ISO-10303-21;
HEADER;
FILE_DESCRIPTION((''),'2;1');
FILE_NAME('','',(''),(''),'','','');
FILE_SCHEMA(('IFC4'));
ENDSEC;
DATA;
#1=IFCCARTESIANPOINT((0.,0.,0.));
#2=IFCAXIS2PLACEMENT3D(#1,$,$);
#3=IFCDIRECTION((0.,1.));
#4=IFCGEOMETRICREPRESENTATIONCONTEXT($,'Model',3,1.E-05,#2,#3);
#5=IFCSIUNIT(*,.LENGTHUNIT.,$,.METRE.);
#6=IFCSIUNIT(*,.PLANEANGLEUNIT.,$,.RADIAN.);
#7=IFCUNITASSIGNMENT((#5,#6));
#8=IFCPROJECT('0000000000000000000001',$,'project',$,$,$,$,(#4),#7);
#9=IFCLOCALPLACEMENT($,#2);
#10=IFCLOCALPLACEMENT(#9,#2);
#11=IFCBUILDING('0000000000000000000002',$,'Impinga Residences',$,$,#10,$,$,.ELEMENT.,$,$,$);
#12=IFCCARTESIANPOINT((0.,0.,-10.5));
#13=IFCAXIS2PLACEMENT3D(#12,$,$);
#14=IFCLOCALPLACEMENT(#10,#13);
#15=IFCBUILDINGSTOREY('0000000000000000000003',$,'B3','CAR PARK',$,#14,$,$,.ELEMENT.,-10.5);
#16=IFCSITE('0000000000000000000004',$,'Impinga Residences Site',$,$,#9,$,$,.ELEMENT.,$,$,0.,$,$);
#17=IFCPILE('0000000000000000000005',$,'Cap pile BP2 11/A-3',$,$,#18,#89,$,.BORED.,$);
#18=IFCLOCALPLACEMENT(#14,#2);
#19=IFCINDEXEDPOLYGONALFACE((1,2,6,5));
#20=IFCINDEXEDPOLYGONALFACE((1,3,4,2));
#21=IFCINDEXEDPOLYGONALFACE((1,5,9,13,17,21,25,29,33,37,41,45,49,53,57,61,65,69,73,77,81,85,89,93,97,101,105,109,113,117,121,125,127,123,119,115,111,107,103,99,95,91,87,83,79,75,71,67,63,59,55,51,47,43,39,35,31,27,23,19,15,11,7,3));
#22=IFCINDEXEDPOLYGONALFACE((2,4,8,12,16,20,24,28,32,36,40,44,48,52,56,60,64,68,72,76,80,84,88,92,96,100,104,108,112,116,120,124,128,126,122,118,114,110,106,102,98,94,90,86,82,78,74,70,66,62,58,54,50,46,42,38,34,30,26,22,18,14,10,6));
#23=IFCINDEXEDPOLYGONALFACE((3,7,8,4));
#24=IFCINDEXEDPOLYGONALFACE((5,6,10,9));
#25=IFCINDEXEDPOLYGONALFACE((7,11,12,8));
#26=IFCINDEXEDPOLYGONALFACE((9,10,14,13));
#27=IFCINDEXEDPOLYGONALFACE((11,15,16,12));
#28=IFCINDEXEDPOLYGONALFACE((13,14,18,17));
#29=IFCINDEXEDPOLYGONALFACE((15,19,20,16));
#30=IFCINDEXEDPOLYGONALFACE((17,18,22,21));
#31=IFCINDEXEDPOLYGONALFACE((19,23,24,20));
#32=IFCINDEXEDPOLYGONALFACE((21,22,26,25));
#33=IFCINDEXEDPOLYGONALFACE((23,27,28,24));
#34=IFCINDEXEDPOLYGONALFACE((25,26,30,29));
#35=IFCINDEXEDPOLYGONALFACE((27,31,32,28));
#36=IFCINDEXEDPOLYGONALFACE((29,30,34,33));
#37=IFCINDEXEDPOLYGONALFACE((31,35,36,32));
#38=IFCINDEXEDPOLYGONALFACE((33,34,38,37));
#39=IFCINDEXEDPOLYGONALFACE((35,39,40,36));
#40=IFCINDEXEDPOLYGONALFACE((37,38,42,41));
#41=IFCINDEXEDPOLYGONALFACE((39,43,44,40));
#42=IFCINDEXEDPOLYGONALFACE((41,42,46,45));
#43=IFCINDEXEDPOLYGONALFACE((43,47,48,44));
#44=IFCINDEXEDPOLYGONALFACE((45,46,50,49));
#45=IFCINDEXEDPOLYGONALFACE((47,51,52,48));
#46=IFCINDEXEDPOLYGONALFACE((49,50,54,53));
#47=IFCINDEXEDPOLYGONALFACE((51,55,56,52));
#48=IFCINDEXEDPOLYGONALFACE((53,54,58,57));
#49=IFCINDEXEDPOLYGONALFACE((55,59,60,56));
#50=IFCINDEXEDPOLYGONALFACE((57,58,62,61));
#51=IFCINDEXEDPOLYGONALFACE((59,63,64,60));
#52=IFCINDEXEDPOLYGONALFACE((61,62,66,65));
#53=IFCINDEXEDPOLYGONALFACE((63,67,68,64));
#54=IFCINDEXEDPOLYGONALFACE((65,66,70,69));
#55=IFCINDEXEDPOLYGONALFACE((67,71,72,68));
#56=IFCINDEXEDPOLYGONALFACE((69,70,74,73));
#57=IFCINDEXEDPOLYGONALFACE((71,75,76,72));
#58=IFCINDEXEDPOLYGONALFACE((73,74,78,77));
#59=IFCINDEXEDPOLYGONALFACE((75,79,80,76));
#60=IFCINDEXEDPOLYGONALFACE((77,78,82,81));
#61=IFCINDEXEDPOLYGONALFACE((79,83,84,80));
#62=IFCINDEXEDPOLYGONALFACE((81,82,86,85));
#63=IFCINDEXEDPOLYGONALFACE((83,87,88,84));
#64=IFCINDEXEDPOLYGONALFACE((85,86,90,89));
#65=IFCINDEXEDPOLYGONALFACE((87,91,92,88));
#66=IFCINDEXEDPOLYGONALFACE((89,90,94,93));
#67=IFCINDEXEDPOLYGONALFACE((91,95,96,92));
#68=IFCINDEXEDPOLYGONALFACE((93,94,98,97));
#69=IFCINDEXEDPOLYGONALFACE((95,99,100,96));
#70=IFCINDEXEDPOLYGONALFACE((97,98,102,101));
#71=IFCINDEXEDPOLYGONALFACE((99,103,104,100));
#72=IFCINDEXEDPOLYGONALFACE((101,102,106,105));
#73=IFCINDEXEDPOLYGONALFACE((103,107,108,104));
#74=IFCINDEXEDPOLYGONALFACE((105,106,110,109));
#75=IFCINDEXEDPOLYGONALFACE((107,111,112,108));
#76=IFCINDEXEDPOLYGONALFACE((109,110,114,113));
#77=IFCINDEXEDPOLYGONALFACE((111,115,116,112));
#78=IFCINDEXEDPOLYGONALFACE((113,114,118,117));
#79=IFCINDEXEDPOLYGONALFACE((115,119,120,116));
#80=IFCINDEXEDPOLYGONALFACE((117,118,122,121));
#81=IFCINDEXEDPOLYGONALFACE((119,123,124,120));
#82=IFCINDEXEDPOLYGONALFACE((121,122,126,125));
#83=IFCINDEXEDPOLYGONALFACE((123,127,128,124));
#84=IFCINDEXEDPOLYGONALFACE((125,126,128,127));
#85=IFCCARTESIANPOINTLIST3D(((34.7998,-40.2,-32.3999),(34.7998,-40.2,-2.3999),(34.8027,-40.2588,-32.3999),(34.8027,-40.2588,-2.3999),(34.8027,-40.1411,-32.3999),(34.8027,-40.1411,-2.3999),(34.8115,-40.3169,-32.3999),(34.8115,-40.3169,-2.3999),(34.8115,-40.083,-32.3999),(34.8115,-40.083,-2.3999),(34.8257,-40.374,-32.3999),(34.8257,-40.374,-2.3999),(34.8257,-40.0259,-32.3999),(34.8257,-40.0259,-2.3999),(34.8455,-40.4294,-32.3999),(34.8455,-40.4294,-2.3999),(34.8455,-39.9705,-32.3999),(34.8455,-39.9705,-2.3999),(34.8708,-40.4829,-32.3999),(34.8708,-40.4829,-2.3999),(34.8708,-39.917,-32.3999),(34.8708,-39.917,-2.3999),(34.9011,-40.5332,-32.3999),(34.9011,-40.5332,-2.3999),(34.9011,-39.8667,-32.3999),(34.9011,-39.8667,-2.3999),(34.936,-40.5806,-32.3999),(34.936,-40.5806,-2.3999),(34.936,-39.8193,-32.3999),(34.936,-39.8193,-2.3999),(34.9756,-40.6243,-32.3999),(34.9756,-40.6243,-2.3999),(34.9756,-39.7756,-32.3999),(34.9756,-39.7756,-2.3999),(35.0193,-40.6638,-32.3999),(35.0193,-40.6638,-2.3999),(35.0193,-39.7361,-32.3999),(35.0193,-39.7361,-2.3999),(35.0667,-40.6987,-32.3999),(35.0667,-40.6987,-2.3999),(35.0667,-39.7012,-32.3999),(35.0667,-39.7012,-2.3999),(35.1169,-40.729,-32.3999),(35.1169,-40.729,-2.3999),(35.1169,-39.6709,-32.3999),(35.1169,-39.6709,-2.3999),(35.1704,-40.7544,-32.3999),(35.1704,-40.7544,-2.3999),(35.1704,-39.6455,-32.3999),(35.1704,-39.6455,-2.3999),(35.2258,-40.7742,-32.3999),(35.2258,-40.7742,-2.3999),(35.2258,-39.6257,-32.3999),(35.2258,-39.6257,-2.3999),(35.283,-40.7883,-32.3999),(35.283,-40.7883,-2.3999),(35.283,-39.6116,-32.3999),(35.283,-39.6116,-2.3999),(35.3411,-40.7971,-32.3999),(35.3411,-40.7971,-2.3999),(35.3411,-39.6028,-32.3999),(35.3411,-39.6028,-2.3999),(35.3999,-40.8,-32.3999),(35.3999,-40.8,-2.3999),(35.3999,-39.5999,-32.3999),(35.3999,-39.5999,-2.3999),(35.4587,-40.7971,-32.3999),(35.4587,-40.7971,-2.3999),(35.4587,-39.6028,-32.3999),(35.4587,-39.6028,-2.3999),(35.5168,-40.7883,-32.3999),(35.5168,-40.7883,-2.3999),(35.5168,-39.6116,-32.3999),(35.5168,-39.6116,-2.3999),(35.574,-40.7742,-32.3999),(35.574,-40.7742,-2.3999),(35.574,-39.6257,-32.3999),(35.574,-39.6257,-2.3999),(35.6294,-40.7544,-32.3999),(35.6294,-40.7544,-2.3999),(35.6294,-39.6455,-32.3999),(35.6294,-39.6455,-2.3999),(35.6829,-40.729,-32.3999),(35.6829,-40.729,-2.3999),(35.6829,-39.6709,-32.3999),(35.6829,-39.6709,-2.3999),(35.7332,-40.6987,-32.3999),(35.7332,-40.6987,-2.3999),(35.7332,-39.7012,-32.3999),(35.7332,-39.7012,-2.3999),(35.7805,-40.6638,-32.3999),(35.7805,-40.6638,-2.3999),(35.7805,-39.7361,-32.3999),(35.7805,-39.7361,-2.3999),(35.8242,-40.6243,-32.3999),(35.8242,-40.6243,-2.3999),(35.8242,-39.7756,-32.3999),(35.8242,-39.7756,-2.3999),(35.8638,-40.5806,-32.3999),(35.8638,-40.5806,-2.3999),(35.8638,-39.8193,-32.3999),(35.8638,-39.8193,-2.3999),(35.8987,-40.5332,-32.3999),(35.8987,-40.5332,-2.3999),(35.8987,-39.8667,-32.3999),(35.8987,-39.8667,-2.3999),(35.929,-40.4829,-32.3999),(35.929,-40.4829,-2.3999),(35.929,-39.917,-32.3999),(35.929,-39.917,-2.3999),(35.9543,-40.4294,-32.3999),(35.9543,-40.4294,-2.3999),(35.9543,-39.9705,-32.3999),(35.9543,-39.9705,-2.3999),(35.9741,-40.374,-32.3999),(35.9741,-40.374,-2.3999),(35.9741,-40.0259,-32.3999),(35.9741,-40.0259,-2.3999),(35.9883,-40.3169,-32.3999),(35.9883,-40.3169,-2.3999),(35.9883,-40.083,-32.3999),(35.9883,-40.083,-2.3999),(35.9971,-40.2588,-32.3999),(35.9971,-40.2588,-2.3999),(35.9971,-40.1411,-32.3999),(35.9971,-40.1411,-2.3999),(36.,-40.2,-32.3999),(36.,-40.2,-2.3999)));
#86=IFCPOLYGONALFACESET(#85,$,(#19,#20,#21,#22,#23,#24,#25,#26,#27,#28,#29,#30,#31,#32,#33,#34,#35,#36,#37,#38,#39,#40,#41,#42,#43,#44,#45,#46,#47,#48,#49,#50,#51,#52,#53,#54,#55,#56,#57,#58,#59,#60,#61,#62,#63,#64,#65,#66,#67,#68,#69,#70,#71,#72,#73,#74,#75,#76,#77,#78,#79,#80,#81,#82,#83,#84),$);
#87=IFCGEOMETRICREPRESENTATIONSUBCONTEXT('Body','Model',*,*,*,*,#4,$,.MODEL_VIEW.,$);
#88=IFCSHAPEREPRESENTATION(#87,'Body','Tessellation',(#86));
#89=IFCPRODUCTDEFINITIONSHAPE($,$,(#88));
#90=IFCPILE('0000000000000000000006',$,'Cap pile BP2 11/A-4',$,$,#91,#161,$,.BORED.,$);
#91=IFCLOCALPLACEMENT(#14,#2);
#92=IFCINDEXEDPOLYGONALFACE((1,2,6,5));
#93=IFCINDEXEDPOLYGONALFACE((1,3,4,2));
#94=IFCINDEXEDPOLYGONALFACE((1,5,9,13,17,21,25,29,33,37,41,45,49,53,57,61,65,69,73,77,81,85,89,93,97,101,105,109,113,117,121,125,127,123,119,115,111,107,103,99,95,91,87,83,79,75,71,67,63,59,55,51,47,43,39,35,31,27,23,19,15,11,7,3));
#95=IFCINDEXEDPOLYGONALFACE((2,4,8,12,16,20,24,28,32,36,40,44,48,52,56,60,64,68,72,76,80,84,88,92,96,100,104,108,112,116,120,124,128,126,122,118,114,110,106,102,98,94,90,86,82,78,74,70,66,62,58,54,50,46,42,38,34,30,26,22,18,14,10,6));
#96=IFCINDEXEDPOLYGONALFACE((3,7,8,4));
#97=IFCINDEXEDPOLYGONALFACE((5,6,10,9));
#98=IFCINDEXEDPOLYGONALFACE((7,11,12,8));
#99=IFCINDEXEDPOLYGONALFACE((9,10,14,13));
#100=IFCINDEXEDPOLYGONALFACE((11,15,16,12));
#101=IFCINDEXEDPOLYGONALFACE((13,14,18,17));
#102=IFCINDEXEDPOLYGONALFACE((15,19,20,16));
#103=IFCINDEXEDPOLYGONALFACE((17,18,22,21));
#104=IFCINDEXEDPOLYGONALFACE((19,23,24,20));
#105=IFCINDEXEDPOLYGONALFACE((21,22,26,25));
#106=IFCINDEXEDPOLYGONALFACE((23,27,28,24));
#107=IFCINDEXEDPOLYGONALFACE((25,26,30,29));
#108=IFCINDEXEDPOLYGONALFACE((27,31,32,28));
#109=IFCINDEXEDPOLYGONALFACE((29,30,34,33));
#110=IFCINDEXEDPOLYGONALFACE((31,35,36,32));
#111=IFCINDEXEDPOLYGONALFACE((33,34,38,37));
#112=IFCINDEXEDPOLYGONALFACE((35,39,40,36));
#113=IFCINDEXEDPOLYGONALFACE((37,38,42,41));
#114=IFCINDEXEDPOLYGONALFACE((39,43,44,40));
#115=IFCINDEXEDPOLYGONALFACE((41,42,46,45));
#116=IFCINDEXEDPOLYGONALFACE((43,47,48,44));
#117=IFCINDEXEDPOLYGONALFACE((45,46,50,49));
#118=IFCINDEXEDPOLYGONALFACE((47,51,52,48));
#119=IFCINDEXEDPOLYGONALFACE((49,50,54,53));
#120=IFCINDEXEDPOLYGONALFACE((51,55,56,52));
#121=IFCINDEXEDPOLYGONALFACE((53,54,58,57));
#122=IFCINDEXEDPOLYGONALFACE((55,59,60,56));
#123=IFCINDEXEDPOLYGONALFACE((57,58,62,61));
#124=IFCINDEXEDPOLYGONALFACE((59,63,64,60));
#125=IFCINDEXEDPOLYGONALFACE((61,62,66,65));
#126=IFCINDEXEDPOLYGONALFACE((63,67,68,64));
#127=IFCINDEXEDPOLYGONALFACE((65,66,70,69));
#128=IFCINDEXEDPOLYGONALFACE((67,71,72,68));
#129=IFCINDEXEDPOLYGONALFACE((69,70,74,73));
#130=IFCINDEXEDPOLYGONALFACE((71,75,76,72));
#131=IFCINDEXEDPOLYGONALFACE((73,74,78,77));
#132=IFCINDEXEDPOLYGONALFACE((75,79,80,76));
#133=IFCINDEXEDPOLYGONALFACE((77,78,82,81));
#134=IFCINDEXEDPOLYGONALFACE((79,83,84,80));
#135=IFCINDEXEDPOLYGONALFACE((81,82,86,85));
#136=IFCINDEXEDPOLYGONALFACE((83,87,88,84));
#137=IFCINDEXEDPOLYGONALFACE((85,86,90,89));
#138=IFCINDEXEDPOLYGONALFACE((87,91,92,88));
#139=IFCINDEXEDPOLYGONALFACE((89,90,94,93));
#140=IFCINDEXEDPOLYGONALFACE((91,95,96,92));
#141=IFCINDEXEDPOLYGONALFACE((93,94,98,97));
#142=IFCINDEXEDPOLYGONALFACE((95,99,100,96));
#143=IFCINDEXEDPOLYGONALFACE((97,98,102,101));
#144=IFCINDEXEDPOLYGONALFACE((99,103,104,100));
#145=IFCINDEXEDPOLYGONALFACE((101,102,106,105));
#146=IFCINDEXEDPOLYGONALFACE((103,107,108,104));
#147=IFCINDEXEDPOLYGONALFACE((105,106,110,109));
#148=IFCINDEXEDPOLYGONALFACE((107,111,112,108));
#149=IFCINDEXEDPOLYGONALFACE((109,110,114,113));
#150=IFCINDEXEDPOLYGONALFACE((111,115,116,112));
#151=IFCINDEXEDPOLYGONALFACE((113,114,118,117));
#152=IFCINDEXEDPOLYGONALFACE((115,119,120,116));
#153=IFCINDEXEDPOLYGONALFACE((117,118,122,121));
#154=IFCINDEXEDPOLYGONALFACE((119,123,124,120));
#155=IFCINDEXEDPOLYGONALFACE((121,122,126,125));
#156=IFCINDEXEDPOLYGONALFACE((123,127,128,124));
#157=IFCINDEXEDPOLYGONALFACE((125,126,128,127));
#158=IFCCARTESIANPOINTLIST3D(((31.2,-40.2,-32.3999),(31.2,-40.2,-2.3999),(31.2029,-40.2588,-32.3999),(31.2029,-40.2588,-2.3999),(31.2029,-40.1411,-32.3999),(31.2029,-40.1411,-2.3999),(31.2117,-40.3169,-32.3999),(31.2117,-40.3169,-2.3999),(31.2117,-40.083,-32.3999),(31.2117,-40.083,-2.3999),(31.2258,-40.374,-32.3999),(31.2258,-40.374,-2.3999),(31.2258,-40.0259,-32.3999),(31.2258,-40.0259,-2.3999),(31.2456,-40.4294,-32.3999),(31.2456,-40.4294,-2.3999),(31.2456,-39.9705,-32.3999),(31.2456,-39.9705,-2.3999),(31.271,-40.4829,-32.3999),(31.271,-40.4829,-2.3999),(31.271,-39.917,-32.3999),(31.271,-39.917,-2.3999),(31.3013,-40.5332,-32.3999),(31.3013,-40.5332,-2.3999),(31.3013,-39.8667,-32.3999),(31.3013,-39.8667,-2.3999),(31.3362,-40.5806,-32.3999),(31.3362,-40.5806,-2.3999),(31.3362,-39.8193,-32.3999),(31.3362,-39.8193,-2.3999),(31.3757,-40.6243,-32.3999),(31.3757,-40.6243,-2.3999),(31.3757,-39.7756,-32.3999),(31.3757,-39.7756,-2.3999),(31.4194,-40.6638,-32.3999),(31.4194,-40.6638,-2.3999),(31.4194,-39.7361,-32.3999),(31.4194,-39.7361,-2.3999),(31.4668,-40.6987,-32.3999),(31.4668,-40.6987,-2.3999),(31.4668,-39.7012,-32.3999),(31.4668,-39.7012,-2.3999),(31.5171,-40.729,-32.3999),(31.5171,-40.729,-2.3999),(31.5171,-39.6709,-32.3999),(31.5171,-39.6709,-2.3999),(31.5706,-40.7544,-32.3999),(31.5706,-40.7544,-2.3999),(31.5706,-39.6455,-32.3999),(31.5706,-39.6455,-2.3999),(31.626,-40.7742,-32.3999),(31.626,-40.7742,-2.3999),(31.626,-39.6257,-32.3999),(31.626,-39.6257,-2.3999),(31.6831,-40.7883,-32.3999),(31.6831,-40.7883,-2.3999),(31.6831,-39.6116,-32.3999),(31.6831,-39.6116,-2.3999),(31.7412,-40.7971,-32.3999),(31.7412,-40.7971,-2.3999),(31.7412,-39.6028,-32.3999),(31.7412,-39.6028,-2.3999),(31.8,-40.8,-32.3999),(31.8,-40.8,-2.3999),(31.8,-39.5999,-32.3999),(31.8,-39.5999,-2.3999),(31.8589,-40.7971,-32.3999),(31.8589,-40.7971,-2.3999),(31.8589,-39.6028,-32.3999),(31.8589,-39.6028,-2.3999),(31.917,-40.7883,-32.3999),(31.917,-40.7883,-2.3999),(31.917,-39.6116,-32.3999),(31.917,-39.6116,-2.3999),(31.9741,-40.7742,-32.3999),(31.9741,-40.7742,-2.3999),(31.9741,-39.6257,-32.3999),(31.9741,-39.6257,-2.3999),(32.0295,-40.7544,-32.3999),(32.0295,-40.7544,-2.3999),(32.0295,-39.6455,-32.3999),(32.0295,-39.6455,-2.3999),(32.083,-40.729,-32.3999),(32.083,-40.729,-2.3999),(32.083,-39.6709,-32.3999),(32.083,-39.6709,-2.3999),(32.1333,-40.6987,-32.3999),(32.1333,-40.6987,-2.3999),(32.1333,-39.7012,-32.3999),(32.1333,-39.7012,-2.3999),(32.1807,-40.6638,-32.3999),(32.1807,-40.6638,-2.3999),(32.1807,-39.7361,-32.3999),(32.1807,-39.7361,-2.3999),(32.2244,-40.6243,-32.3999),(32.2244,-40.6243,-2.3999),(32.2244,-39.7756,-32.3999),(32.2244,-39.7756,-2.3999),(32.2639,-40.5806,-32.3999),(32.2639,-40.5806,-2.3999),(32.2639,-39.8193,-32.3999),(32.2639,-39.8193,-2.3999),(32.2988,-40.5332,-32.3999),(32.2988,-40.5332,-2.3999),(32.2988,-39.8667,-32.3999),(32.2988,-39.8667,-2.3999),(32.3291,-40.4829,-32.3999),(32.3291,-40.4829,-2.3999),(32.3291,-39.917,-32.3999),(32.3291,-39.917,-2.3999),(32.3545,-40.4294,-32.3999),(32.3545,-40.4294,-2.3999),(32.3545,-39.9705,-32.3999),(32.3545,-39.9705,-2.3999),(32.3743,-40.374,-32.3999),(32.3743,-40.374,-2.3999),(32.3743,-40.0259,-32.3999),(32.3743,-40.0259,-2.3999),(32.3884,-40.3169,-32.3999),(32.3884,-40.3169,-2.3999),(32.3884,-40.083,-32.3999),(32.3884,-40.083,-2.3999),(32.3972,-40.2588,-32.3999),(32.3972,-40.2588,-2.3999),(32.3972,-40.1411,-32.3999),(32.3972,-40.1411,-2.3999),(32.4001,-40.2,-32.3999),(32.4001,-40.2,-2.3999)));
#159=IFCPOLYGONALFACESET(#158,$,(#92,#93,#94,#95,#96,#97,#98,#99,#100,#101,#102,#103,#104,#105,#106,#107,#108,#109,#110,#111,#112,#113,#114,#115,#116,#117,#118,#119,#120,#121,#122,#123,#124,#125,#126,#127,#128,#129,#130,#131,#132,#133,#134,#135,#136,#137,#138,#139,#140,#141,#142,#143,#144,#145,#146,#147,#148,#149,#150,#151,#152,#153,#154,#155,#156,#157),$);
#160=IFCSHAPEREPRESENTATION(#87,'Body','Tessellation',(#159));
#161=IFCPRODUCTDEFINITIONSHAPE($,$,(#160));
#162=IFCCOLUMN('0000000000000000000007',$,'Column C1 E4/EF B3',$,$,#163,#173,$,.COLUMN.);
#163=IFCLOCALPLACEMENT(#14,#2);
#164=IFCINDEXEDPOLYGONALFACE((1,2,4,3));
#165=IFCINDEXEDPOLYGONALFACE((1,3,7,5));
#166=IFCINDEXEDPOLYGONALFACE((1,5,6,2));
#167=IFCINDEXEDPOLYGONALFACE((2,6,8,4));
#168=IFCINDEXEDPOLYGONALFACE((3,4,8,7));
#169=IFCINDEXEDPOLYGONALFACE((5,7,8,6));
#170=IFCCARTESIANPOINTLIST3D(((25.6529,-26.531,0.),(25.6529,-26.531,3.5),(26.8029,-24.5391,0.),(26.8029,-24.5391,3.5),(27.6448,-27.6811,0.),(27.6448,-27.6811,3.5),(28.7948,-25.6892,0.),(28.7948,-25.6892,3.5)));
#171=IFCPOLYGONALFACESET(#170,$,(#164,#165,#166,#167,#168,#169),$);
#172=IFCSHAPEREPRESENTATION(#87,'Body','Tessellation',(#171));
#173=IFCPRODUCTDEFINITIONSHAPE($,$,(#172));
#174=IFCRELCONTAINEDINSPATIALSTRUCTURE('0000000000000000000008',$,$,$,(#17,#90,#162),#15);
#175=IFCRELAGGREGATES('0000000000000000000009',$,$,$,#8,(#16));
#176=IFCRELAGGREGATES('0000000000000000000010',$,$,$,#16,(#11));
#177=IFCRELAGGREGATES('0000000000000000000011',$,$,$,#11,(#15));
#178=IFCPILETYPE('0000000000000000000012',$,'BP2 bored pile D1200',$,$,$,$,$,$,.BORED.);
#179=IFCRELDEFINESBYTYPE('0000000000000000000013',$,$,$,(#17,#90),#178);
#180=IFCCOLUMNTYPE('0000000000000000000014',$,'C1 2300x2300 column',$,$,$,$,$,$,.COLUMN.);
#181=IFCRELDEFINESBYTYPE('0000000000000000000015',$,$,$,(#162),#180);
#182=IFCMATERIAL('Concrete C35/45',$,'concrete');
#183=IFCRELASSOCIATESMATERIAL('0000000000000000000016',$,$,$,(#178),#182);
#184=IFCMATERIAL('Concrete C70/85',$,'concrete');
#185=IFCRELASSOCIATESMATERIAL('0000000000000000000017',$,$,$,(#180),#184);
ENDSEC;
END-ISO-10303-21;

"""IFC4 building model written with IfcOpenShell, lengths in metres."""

from ifc_helpers import new_model, si_unit, direction, frame, origin, origin_2d, place, context, subcontext, project, spatial, polyline, rectangle, circle, outline, extrude, material, material_profile, profile_set, type_object, element, save


model = new_model("IFC4")

# Units and contexts
model_context = context("Model", 3, precision=1e-05, world=origin(), true_north=direction((0.0, 1.0)))
body_context = subcontext(model_context, "Body", "Model", "MODEL_VIEW")
ifc_project = project(units=[si_unit("LENGTHUNIT", "METRE"), si_unit("PLANEANGLEUNIT", "RADIAN")], contexts=[model_context])

# Site, building, storey
site_placement = place(None, origin())
site = spatial("IfcSite", under=ifc_project, at=site_placement, Name="Impinga Residences Site", CompositionType="ELEMENT", RefElevation=0.0)
building_placement = place(site_placement, origin())
building = spatial("IfcBuilding", under=site, at=building_placement, Name="Impinga Residences", CompositionType="ELEMENT")
storey_placement = place(building_placement, frame((0.0, 0.0, -10.5)))
storey = spatial("IfcBuildingStorey", under=building, at=storey_placement, Name="B3", Description="CAR PARK", CompositionType="ELEMENT", Elevation=-10.5)

# Piles
ifc_material_1 = material(Name="Concrete C35/45", Category="concrete")
ifc_material_profile_1 = material_profile(ifc_material_1, circle(Radius=0.6001, at=origin_2d()), Name="D1200")
ifc_profile_set_1 = profile_set([ifc_material_profile_1], Name="Concrete C35/45")
pile_type_1 = type_object("IfcPileType", Name="BP2 bored pile D1200", PredefinedType="BORED", material=ifc_profile_set_1)
pile_1_placement = place(storey_placement, frame((35.3999, -40.2, -2.3999), z_axis=(0.0, 0.0, -1.0), x_axis=(1.0, 0.0, 0.0)))
element("IfcPile", 1, at=pile_1_placement, inside=storey, type_object=pile_type_1, Name="Cap pile BP2 11/A-3", PredefinedType="BORED", context=body_context, shape_type="SweptSolid", body=[
    extrude(outline(polyline([(0.6001, 0.0), (0.5972, 0.0588), (0.5884, 0.1169), (0.5742, 0.1741), (0.5544, 0.2295), (0.5291, 0.283), (0.4988, 0.3333), (0.4639, 0.3806), (0.4243, 0.4243), (0.3806, 0.4639), (0.3333, 0.4988), (0.283, 0.5291), (0.2295, 0.5544), (0.1741, 0.5742), (0.1169, 0.5884), (0.0588, 0.5972), (0.0, 0.6001), (-0.0588, 0.5972), (-0.1169, 0.5884), (-0.1741, 0.5742), (-0.2295, 0.5544), (-0.283, 0.5291), (-0.3333, 0.4988), (-0.3806, 0.4639), (-0.4243, 0.4243), (-0.4639, 0.3806), (-0.4988, 0.3333), (-0.5291, 0.283), (-0.5544, 0.2295), (-0.5742, 0.1741), (-0.5884, 0.1169), (-0.5972, 0.0588), (-0.6001, 0.0), (-0.5972, -0.0588), (-0.5884, -0.1169), (-0.5742, -0.1741), (-0.5544, -0.2295), (-0.5291, -0.283), (-0.4988, -0.3333), (-0.4639, -0.3806), (-0.4243, -0.4243), (-0.3806, -0.4639), (-0.3333, -0.4988), (-0.283, -0.5291), (-0.2295, -0.5544), (-0.1741, -0.5742), (-0.1169, -0.5884), (-0.0588, -0.5972), (0.0, -0.6001), (0.0588, -0.5972), (0.1169, -0.5884), (0.1741, -0.5742), (0.2295, -0.5544), (0.283, -0.5291), (0.3333, -0.4988), (0.3806, -0.4639), (0.4243, -0.4243), (0.4639, -0.3806), (0.4988, -0.3333), (0.5291, -0.283), (0.5544, -0.2295), (0.5742, -0.1741), (0.5884, -0.1169), (0.5972, -0.0588), (0.6001, 0.0)])), origin(), (0.0, 0.0, 1.0), 30.0),
])
pile_2_placement = place(storey_placement, frame((31.8, -40.2, -2.3999), z_axis=(0.0, 0.0, -1.0), x_axis=(1.0, 0.0, 0.0)))
element("IfcPile", 2, at=pile_2_placement, inside=storey, type_object=pile_type_1, Name="Cap pile BP2 11/A-4", PredefinedType="BORED", context=body_context, shape_type="SweptSolid", body=[
    extrude(outline(polyline([(0.6001, 0.0), (0.5972, 0.0588), (0.5884, 0.1169), (0.5742, 0.1741), (0.5544, 0.2295), (0.5291, 0.283), (0.4988, 0.3333), (0.4639, 0.3806), (0.4243, 0.4243), (0.3806, 0.4639), (0.3333, 0.4988), (0.283, 0.5291), (0.2295, 0.5544), (0.1741, 0.5742), (0.1169, 0.5884), (0.0588, 0.5972), (0.0, 0.6001), (-0.0588, 0.5972), (-0.1169, 0.5884), (-0.1741, 0.5742), (-0.2295, 0.5544), (-0.283, 0.5291), (-0.3333, 0.4988), (-0.3806, 0.4639), (-0.4243, 0.4243), (-0.4639, 0.3806), (-0.4988, 0.3333), (-0.5291, 0.283), (-0.5544, 0.2295), (-0.5742, 0.1741), (-0.5884, 0.1169), (-0.5972, 0.0588), (-0.6001, 0.0), (-0.5972, -0.0588), (-0.5884, -0.1169), (-0.5742, -0.1741), (-0.5544, -0.2295), (-0.5291, -0.283), (-0.4988, -0.3333), (-0.4639, -0.3806), (-0.4243, -0.4243), (-0.3806, -0.4639), (-0.3333, -0.4988), (-0.283, -0.5291), (-0.2295, -0.5544), (-0.1741, -0.5742), (-0.1169, -0.5884), (-0.0588, -0.5972), (0.0, -0.6001), (0.0588, -0.5972), (0.1169, -0.5884), (0.1741, -0.5742), (0.2295, -0.5544), (0.283, -0.5291), (0.3333, -0.4988), (0.3806, -0.4639), (0.4243, -0.4243), (0.4639, -0.3806), (0.4988, -0.3333), (0.5291, -0.283), (0.5544, -0.2295), (0.5742, -0.1741), (0.5884, -0.1169), (0.5972, -0.0588), (0.6001, 0.0)])), origin(), (0.0, 0.0, 1.0), 30.0),
])

# Column
ifc_material_2 = material(Name="Concrete C70/85", Category="concrete")
ifc_material_profile_2 = material_profile(ifc_material_2, rectangle(XDim=2.3, YDim=2.3, at=origin_2d()), Name="RC 2300x2300")
ifc_profile_set_2 = profile_set([ifc_material_profile_2], Name="Concrete C70/85")
column_type_1 = type_object("IfcColumnType", Name="C1 2300x2300 column", PredefinedType="COLUMN", material=ifc_profile_set_2)
for number, where, z_axis, x_axis, name in (
    (3, (27.2239, -26.1101, 0.0), (0.0, 0.0, 1.0), (-0.5, -0.866025, 0.0), "Column C1 E4/EF B3"),
):
    element("IfcColumn", number, at=place(storey_placement, frame(where, z_axis=z_axis, x_axis=x_axis)), inside=storey, type_object=column_type_1, Name=name, PredefinedType="COLUMN", context=body_context, shape_type="SweptSolid", body=[
        extrude(rectangle(XDim=2.3, YDim=2.3, at=origin_2d()), origin(), (0.0, 0.0, 1.0), 3.5),
    ])

save(model, "model.ifc")
